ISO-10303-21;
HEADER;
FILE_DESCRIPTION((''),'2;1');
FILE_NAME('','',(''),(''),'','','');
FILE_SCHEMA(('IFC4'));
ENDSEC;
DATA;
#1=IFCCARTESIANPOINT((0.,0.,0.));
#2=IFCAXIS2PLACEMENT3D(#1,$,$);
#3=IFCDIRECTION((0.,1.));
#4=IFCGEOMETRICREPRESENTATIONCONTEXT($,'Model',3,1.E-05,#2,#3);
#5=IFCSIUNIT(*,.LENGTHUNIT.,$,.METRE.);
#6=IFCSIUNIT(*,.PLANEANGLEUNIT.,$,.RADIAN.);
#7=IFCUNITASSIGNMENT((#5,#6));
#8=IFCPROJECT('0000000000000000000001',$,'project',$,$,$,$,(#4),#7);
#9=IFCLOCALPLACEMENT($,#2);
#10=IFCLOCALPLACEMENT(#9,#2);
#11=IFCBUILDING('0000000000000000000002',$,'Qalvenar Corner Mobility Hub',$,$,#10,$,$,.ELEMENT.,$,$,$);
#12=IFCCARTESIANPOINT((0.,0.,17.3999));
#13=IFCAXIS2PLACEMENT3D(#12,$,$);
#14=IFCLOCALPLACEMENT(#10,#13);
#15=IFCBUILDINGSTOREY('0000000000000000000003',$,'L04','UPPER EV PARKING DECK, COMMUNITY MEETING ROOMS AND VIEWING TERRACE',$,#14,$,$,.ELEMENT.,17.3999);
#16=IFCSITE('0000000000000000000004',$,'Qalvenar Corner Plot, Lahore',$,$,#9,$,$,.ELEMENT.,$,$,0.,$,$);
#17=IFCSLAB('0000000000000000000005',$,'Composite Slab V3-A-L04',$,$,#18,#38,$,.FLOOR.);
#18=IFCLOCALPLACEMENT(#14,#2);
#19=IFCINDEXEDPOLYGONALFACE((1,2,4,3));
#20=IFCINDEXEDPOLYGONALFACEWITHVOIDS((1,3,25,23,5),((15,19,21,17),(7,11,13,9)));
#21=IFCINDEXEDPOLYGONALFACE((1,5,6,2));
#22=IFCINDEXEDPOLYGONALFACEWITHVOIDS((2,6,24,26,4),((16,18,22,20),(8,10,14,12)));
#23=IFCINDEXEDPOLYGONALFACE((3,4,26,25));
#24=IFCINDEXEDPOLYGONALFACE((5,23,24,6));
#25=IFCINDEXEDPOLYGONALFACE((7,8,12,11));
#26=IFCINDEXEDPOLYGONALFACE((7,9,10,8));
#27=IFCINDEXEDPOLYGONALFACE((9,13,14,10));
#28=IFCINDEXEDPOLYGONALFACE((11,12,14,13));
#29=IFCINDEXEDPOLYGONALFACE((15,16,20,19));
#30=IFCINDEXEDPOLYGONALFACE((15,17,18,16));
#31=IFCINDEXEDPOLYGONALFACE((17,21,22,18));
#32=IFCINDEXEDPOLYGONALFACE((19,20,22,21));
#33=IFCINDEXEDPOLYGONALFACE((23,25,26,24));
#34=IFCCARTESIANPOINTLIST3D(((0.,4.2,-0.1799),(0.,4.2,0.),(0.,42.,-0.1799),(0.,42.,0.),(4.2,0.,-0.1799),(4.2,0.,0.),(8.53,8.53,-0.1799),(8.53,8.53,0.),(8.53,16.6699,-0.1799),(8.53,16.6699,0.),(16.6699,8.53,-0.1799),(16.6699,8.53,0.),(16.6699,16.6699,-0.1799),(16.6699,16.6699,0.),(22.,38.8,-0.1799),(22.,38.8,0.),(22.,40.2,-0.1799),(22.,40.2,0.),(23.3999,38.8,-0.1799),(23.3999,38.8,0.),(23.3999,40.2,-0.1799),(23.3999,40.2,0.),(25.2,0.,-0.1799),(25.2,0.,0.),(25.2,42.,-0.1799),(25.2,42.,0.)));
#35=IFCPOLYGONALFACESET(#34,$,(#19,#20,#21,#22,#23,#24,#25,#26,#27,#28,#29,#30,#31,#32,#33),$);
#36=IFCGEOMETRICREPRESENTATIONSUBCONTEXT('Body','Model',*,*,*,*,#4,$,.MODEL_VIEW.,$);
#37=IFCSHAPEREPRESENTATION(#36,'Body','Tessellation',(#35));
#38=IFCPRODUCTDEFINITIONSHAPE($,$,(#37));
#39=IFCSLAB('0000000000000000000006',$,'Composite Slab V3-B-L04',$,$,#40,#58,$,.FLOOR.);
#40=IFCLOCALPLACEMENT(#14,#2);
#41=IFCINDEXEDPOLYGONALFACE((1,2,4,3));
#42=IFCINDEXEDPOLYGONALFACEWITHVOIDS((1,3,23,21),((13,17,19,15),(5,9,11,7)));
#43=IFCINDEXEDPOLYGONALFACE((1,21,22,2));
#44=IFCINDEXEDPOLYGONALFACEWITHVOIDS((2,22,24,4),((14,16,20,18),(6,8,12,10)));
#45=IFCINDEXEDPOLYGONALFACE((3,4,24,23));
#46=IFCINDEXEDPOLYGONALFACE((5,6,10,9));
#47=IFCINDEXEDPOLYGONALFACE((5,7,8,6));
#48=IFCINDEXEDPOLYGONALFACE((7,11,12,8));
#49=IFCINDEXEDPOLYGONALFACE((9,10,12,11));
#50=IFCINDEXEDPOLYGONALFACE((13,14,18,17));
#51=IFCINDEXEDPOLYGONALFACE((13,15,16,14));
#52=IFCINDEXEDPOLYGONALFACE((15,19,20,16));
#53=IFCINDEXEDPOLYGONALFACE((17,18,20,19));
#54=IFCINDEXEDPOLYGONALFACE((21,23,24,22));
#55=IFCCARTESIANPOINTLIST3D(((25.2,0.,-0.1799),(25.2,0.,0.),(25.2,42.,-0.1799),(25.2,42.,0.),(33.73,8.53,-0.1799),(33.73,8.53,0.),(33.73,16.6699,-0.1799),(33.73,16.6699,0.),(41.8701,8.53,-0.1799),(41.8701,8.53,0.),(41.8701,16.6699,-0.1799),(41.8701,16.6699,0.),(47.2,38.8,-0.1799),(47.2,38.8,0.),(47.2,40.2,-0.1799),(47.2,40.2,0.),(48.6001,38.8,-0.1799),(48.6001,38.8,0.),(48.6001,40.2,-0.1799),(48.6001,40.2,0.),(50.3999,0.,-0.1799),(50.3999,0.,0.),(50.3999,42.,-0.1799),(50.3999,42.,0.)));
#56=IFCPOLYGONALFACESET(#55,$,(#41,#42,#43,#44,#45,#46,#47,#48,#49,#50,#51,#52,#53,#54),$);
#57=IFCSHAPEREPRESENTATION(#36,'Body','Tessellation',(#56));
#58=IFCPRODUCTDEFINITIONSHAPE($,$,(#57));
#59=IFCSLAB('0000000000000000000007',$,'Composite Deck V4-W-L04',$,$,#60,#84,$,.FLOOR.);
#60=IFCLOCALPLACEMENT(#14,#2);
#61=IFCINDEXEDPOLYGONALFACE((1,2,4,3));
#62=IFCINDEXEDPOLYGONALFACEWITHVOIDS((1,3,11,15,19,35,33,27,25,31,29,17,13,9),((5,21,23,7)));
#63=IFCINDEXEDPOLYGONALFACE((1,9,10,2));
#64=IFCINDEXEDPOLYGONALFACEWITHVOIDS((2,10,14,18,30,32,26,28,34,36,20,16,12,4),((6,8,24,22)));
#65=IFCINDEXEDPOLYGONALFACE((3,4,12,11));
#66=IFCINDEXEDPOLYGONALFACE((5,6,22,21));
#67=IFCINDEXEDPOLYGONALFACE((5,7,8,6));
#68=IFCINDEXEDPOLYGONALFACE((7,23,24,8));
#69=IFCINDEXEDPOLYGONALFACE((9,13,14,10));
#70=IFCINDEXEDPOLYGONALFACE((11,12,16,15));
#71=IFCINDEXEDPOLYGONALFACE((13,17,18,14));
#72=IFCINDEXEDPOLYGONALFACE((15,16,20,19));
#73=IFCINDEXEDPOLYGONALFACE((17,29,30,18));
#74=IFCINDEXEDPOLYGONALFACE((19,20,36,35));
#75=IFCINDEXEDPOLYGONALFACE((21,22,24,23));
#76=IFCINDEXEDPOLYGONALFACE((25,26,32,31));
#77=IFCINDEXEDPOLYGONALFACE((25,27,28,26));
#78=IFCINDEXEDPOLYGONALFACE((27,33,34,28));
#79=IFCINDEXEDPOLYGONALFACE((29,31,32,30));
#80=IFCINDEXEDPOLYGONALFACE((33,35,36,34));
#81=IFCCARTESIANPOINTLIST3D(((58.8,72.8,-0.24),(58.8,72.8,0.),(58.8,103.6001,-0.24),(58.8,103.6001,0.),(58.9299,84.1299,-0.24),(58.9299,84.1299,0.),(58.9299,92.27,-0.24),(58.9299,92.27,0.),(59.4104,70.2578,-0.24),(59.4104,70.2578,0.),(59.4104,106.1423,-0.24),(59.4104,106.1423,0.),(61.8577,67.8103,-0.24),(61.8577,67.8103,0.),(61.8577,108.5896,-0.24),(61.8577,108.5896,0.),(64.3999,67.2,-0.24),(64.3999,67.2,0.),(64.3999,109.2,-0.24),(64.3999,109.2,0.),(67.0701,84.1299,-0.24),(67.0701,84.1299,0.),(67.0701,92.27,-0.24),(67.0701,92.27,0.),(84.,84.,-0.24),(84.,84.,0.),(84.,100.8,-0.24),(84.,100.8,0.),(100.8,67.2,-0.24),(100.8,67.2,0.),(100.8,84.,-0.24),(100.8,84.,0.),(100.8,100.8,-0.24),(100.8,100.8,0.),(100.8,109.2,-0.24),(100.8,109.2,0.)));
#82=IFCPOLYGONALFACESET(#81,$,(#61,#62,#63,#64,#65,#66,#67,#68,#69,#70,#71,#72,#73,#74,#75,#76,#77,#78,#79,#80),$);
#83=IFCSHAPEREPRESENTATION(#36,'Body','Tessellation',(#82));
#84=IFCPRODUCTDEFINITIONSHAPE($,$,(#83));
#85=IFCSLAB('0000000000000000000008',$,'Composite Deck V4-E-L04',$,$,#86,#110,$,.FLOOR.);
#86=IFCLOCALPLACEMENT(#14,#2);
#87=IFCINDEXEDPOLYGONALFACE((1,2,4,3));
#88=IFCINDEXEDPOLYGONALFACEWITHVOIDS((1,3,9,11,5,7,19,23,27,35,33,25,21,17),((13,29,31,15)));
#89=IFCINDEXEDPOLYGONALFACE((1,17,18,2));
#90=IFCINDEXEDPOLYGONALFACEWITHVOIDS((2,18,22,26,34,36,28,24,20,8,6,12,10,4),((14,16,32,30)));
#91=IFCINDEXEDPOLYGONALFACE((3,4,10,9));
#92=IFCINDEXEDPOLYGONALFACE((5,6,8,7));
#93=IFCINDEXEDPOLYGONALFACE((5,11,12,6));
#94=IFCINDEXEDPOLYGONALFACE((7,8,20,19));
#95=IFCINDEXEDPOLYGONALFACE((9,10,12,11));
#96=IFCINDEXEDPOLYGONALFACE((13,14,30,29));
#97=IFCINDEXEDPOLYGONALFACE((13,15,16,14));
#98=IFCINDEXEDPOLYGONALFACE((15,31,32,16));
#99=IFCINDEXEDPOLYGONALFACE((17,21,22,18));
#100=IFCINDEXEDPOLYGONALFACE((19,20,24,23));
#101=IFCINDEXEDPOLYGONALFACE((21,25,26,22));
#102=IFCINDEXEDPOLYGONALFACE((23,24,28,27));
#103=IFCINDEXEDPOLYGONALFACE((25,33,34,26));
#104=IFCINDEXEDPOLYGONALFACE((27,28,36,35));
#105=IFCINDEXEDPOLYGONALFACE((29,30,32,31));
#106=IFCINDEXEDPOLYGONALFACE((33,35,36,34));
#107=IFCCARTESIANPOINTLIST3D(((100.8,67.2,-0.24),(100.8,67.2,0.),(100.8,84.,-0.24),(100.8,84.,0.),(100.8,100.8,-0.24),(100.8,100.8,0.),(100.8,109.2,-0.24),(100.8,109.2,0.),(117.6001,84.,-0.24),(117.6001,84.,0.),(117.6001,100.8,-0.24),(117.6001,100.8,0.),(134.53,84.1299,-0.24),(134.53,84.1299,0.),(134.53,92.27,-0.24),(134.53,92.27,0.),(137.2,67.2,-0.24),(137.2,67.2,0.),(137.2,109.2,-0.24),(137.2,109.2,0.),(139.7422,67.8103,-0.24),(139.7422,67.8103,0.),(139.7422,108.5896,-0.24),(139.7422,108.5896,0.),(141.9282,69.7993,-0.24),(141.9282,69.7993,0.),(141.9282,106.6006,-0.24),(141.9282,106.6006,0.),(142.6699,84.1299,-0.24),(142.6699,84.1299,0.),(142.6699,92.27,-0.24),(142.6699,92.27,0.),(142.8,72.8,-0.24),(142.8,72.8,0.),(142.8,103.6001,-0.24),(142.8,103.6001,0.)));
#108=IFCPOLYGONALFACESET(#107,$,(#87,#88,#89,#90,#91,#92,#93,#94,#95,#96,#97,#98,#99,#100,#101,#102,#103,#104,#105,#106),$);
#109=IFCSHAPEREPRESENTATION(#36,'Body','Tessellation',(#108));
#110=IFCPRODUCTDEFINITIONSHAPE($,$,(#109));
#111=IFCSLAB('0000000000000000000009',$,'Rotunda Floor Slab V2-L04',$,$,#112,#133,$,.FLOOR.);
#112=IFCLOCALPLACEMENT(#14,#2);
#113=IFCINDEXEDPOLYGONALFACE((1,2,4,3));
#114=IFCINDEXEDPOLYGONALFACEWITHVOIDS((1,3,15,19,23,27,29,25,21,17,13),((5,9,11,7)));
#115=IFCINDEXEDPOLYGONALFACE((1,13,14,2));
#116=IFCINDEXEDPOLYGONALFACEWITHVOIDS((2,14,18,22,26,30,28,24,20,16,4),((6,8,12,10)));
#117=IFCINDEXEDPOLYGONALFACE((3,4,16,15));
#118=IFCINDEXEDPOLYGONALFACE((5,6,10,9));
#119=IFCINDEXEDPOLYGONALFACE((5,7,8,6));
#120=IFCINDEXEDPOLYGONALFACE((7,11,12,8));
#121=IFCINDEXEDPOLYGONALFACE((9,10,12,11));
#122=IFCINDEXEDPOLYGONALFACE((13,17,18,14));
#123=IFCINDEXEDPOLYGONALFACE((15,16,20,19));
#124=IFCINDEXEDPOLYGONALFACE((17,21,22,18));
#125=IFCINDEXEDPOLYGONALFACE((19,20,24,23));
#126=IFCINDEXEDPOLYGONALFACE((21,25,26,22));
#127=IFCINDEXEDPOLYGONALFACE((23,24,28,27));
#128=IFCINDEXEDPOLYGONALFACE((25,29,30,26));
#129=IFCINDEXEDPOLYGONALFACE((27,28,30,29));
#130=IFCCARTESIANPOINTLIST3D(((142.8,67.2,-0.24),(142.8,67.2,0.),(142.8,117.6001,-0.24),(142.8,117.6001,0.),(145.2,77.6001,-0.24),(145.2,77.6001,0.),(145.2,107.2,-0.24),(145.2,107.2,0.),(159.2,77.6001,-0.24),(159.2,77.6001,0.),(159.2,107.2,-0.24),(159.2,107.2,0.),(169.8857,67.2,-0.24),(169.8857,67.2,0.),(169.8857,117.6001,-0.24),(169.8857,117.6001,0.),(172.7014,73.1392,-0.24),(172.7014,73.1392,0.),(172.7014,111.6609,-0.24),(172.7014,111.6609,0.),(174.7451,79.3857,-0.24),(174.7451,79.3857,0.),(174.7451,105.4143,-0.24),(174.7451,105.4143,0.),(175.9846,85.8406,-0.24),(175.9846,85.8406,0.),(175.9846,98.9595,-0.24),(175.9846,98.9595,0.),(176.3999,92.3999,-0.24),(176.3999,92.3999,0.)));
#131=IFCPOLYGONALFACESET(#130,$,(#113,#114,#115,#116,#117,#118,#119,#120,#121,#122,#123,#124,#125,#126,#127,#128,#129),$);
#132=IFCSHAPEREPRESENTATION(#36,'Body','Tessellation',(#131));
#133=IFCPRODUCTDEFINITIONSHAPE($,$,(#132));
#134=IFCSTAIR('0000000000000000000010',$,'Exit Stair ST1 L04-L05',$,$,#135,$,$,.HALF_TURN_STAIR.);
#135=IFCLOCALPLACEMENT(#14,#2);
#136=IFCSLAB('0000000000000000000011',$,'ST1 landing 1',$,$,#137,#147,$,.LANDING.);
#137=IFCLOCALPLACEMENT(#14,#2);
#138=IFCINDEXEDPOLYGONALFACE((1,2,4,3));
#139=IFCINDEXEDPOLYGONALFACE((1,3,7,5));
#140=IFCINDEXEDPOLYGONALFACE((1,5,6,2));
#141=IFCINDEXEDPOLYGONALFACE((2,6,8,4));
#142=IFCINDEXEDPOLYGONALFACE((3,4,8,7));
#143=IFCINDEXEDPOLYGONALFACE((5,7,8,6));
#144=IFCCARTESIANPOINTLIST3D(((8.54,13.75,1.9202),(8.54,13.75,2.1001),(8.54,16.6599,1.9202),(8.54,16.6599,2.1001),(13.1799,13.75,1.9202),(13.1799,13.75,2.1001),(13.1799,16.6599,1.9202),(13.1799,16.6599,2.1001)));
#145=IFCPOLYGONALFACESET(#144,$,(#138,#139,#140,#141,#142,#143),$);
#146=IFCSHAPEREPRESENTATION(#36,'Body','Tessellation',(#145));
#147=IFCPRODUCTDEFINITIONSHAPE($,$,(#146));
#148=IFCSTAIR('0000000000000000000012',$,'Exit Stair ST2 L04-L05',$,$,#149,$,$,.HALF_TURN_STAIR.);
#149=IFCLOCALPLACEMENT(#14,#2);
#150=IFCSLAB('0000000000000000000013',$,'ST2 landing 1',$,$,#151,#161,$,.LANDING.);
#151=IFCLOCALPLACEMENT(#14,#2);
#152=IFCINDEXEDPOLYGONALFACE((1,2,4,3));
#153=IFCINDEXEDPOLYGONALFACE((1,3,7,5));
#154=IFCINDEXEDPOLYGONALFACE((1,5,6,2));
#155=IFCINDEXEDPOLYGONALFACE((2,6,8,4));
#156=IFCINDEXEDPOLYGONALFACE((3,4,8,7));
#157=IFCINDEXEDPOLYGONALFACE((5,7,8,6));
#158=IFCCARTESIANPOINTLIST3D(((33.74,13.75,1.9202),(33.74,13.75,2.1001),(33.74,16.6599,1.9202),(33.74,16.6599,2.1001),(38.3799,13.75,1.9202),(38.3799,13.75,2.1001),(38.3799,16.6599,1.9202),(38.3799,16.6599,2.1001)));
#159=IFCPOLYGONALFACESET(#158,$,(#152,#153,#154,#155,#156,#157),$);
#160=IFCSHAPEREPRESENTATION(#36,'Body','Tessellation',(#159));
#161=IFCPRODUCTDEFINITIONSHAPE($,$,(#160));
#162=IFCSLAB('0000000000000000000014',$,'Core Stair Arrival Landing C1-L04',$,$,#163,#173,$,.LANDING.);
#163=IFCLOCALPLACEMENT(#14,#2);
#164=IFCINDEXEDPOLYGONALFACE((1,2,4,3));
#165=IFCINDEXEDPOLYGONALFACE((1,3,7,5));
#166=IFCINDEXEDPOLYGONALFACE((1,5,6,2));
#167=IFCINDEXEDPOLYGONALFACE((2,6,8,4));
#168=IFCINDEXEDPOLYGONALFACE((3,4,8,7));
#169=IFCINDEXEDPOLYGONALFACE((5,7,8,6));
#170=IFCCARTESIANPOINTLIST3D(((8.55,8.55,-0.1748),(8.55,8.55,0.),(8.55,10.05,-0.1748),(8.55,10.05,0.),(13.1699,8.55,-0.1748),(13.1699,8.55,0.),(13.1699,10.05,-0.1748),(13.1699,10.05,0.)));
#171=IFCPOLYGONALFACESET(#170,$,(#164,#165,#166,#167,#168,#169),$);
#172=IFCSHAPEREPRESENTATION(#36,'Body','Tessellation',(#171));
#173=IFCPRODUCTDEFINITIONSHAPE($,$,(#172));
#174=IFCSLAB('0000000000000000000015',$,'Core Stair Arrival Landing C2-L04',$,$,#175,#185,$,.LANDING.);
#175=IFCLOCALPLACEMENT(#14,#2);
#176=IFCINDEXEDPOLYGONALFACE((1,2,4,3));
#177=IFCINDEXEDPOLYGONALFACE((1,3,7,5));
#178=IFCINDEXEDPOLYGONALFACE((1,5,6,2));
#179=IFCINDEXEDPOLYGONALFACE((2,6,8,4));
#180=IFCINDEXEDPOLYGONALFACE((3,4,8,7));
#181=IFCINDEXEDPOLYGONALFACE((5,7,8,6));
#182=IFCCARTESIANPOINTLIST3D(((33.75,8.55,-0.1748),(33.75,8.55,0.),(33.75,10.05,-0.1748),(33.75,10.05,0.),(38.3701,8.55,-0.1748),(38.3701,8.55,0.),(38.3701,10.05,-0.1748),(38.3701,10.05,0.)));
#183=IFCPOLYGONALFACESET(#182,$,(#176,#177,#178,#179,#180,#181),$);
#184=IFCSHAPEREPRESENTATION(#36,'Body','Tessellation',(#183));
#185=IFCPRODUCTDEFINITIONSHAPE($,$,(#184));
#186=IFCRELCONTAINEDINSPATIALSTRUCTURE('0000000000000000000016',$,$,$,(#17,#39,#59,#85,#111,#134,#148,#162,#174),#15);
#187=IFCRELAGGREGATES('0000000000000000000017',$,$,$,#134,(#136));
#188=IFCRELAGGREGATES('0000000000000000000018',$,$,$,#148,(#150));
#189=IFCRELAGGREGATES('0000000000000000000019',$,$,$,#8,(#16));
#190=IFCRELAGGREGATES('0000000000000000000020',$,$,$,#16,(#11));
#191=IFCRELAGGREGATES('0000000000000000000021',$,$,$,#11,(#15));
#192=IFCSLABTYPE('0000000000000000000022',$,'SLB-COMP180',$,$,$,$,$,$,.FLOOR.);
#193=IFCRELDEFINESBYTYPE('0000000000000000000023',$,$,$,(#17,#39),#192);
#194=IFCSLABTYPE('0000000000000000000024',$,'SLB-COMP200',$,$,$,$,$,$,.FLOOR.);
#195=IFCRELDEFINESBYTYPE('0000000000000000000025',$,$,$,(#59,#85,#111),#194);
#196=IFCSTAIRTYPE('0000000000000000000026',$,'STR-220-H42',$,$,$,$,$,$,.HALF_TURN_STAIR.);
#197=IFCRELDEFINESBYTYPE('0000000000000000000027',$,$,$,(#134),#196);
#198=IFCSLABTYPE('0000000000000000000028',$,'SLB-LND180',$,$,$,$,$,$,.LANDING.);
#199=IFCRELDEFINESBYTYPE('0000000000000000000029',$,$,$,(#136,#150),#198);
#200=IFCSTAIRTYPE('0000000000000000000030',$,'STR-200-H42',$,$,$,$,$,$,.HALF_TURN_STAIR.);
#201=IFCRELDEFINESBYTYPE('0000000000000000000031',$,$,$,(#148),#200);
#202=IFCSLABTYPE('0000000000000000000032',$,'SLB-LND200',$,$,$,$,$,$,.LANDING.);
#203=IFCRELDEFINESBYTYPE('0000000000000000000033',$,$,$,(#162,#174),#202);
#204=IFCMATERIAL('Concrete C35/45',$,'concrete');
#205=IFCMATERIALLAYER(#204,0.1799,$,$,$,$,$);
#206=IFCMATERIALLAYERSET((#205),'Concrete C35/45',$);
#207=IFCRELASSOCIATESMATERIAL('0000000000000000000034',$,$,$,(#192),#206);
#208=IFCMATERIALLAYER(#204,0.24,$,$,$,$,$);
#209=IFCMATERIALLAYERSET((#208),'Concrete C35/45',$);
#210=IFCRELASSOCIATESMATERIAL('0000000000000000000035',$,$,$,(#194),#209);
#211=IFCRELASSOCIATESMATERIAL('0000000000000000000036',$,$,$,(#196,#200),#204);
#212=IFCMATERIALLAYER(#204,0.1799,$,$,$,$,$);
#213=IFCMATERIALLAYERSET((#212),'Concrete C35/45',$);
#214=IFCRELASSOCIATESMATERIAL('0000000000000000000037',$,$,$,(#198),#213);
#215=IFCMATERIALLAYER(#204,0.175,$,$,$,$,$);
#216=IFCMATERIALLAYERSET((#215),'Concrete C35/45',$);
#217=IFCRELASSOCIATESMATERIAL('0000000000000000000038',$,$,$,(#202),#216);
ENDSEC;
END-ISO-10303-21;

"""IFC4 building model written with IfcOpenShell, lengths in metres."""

from ifc_helpers import new_model, si_unit, direction, frame, origin, place, context, subcontext, project, spatial, polyline, outline, extrude, material, layer, layer_set, type_object, element, aggregate, save


model = new_model("IFC4")

# Units and contexts
model_context = context("Model", 3, precision=1e-05, world=origin(), true_north=direction((0.0, 1.0)))
body_context = subcontext(model_context, "Body", "Model", "MODEL_VIEW")
ifc_project = project(units=[si_unit("LENGTHUNIT", "METRE"), si_unit("PLANEANGLEUNIT", "RADIAN")], contexts=[model_context])

# Site, building, storey
site_placement = place(None, origin())
site = spatial("IfcSite", under=ifc_project, at=site_placement, Name="Qalvenar Corner Plot, Lahore", CompositionType="ELEMENT", RefElevation=0.0)
building_placement = place(site_placement, origin())
building = spatial("IfcBuilding", under=site, at=building_placement, Name="Qalvenar Corner Mobility Hub", CompositionType="ELEMENT")
storey_placement = place(building_placement, frame((0.0, 0.0, 17.3999)))
storey = spatial("IfcBuildingStorey", under=building, at=storey_placement, Name="L04", Description="UPPER EV PARKING DECK, COMMUNITY MEETING ROOMS AND VIEWING TERRACE", CompositionType="ELEMENT", Elevation=17.3999)

# Slabs
ifc_material_1 = material(Name="Concrete C35/45", Category="concrete")
ifc_layer_1 = layer(ifc_material_1, 0.1799)
ifc_layer_set_1 = layer_set([ifc_layer_1], Name="Concrete C35/45")
slab_type_1 = type_object("IfcSlabType", Name="SLB-COMP180", PredefinedType="FLOOR", material=ifc_layer_set_1)
slab_1_placement = place(storey_placement, frame((0.0, 0.0, -0.1799)))
element("IfcSlab", 1, at=slab_1_placement, inside=storey, type_object=slab_type_1, Name="Composite Slab V3-A-L04", PredefinedType="FLOOR", context=body_context, shape_type="SweptSolid", body=[
    extrude(outline(polyline([(4.2, 0.0), (25.2, 0.0), (25.2, 42.0), (0.0, 42.0), (0.0, 4.2), (4.2, 0.0)]), holes=[polyline([(8.53, 8.53), (16.6699, 8.53), (16.6699, 16.6699), (8.53, 16.6699), (8.53, 8.53)]), polyline([(22.0, 38.8), (23.3999, 38.8), (23.3999, 40.2), (22.0, 40.2), (22.0, 38.8)])]), origin(), (0.0, 0.0, 1.0), 0.1799),
])
slab_2_placement = place(storey_placement, frame((0.0, 0.0, -0.1799)))
element("IfcSlab", 2, at=slab_2_placement, inside=storey, type_object=slab_type_1, Name="Composite Slab V3-B-L04", PredefinedType="FLOOR", context=body_context, shape_type="SweptSolid", body=[
    extrude(outline(polyline([(25.2, 0.0), (50.3999, 0.0), (50.3999, 42.0), (25.2, 42.0), (25.2, 0.0)]), holes=[polyline([(33.73, 8.53), (41.8701, 8.53), (41.8701, 16.6699), (33.73, 16.6699), (33.73, 8.53)]), polyline([(47.2, 38.8), (48.6001, 38.8), (48.6001, 40.2), (47.2, 40.2), (47.2, 38.8)])]), origin(), (0.0, 0.0, 1.0), 0.1799),
])
ifc_layer_2 = layer(ifc_material_1, 0.24)
ifc_layer_set_2 = layer_set([ifc_layer_2], Name="Concrete C35/45")
slab_type_2 = type_object("IfcSlabType", Name="SLB-COMP200", PredefinedType="FLOOR", material=ifc_layer_set_2)
slab_3_placement = place(storey_placement, frame((0.0, 0.0, -0.24)))
element("IfcSlab", 3, at=slab_3_placement, inside=storey, type_object=slab_type_2, Name="Composite Deck V4-W-L04", PredefinedType="FLOOR", context=body_context, shape_type="SweptSolid", body=[
    extrude(outline(polyline([(64.3999, 67.2), (100.8, 67.2), (100.8, 84.0), (84.0, 84.0), (84.0, 100.8), (100.8, 100.8), (100.8, 109.2), (64.3999, 109.2), (61.8577, 108.5896), (59.4104, 106.1423), (58.8, 103.6001), (58.8, 72.8), (59.4104, 70.2578), (61.8577, 67.8103), (64.3999, 67.2)]), holes=[polyline([(58.9299, 84.1299), (67.0701, 84.1299), (67.0701, 92.27), (58.9299, 92.27), (58.9299, 84.1299)])]), origin(), (0.0, 0.0, 1.0), 0.24),
])
slab_4_placement = place(storey_placement, frame((0.0, 0.0, -0.24)))
element("IfcSlab", 4, at=slab_4_placement, inside=storey, type_object=slab_type_2, Name="Composite Deck V4-E-L04", PredefinedType="FLOOR", context=body_context, shape_type="SweptSolid", body=[
    extrude(outline(polyline([(100.8, 67.2), (137.2, 67.2), (139.7422, 67.8103), (141.9282, 69.7993), (142.8, 72.8), (142.8, 103.6001), (141.9282, 106.6006), (139.7422, 108.5896), (137.2, 109.2), (100.8, 109.2), (100.8, 100.8), (117.6001, 100.8), (117.6001, 84.0), (100.8, 84.0), (100.8, 67.2)]), holes=[polyline([(134.53, 84.1299), (142.6699, 84.1299), (142.6699, 92.27), (134.53, 92.27), (134.53, 84.1299)])]), origin(), (0.0, 0.0, 1.0), 0.24),
])
slab_5_placement = place(storey_placement, frame((0.0, 0.0, -0.24)))
element("IfcSlab", 5, at=slab_5_placement, inside=storey, type_object=slab_type_2, Name="Rotunda Floor Slab V2-L04", PredefinedType="FLOOR", context=body_context, shape_type="SweptSolid", body=[
    extrude(outline(polyline([(142.8, 67.2), (169.8857, 67.2), (172.7014, 73.1392), (174.7451, 79.3857), (175.9846, 85.8406), (176.3999, 92.3999), (175.9846, 98.9595), (174.7451, 105.4143), (172.7014, 111.6609), (169.8857, 117.6001), (142.8, 117.6001), (142.8, 67.2)]), holes=[polyline([(145.2, 77.6001), (159.2, 77.6001), (159.2, 107.2), (145.2, 107.2), (145.2, 77.6001)])]), origin(), (0.0, 0.0, 1.0), 0.24),
])

# Stairs, slabs
stair_type_1 = type_object("IfcStairType", Name="STR-220-H42", PredefinedType="HALF_TURN_STAIR", material=ifc_material_1)
stair_1_placement = place(storey_placement, origin())
stair_1 = element("IfcStair", 6, at=stair_1_placement, inside=storey, type_object=stair_type_1, Name="Exit Stair ST1 L04-L05", PredefinedType="HALF_TURN_STAIR")
ifc_layer_3 = layer(ifc_material_1, 0.1799)
ifc_layer_set_3 = layer_set([ifc_layer_3], Name="Concrete C35/45")
slab_type_3 = type_object("IfcSlabType", Name="SLB-LND180", PredefinedType="LANDING", material=ifc_layer_set_3)
slab_6_placement = place(storey_placement, frame((0.0, 0.0, 1.9202)))
slab_6 = element("IfcSlab", 7, at=slab_6_placement, type_object=slab_type_3, Name="ST1 landing 1", PredefinedType="LANDING", context=body_context, shape_type="SweptSolid", body=[
    extrude(outline(polyline([(8.54, 13.75), (13.1799, 13.75), (13.1799, 16.6599), (8.54, 16.6599), (8.54, 13.75)])), origin(), (0.0, 0.0, 1.0), 0.1799),
])
aggregate(stair_1, [slab_6])
stair_type_2 = type_object("IfcStairType", Name="STR-200-H42", PredefinedType="HALF_TURN_STAIR", material=ifc_material_1)
stair_2_placement = place(storey_placement, origin())
stair_2 = element("IfcStair", 8, at=stair_2_placement, inside=storey, type_object=stair_type_2, Name="Exit Stair ST2 L04-L05", PredefinedType="HALF_TURN_STAIR")
slab_7_placement = place(storey_placement, frame((0.0, 0.0, 1.9202)))
slab_7 = element("IfcSlab", 9, at=slab_7_placement, type_object=slab_type_3, Name="ST2 landing 1", PredefinedType="LANDING", context=body_context, shape_type="SweptSolid", body=[
    extrude(outline(polyline([(33.74, 13.75), (38.3799, 13.75), (38.3799, 16.6599), (33.74, 16.6599), (33.74, 13.75)])), origin(), (0.0, 0.0, 1.0), 0.1799),
])
aggregate(stair_2, [slab_7])

# Slabs
ifc_layer_4 = layer(ifc_material_1, 0.175)
ifc_layer_set_4 = layer_set([ifc_layer_4], Name="Concrete C35/45")
slab_type_4 = type_object("IfcSlabType", Name="SLB-LND200", PredefinedType="LANDING", material=ifc_layer_set_4)
slab_8_placement = place(storey_placement, frame((0.0, 0.0, -0.1748)))
element("IfcSlab", 10, at=slab_8_placement, inside=storey, type_object=slab_type_4, Name="Core Stair Arrival Landing C1-L04", PredefinedType="LANDING", context=body_context, shape_type="SweptSolid", body=[
    extrude(outline(polyline([(8.55, 8.55), (13.1699, 8.55), (13.1699, 10.05), (8.55, 10.05), (8.55, 8.55)])), origin(), (0.0, 0.0, 1.0), 0.1748),
])
slab_9_placement = place(storey_placement, frame((0.0, 0.0, -0.1748)))
element("IfcSlab", 11, at=slab_9_placement, inside=storey, type_object=slab_type_4, Name="Core Stair Arrival Landing C2-L04", PredefinedType="LANDING", context=body_context, shape_type="SweptSolid", body=[
    extrude(outline(polyline([(33.75, 8.55), (38.3701, 8.55), (38.3701, 10.05), (33.75, 10.05), (33.75, 8.55)])), origin(), (0.0, 0.0, 1.0), 0.1748),
])

save(model, "model.ifc")
